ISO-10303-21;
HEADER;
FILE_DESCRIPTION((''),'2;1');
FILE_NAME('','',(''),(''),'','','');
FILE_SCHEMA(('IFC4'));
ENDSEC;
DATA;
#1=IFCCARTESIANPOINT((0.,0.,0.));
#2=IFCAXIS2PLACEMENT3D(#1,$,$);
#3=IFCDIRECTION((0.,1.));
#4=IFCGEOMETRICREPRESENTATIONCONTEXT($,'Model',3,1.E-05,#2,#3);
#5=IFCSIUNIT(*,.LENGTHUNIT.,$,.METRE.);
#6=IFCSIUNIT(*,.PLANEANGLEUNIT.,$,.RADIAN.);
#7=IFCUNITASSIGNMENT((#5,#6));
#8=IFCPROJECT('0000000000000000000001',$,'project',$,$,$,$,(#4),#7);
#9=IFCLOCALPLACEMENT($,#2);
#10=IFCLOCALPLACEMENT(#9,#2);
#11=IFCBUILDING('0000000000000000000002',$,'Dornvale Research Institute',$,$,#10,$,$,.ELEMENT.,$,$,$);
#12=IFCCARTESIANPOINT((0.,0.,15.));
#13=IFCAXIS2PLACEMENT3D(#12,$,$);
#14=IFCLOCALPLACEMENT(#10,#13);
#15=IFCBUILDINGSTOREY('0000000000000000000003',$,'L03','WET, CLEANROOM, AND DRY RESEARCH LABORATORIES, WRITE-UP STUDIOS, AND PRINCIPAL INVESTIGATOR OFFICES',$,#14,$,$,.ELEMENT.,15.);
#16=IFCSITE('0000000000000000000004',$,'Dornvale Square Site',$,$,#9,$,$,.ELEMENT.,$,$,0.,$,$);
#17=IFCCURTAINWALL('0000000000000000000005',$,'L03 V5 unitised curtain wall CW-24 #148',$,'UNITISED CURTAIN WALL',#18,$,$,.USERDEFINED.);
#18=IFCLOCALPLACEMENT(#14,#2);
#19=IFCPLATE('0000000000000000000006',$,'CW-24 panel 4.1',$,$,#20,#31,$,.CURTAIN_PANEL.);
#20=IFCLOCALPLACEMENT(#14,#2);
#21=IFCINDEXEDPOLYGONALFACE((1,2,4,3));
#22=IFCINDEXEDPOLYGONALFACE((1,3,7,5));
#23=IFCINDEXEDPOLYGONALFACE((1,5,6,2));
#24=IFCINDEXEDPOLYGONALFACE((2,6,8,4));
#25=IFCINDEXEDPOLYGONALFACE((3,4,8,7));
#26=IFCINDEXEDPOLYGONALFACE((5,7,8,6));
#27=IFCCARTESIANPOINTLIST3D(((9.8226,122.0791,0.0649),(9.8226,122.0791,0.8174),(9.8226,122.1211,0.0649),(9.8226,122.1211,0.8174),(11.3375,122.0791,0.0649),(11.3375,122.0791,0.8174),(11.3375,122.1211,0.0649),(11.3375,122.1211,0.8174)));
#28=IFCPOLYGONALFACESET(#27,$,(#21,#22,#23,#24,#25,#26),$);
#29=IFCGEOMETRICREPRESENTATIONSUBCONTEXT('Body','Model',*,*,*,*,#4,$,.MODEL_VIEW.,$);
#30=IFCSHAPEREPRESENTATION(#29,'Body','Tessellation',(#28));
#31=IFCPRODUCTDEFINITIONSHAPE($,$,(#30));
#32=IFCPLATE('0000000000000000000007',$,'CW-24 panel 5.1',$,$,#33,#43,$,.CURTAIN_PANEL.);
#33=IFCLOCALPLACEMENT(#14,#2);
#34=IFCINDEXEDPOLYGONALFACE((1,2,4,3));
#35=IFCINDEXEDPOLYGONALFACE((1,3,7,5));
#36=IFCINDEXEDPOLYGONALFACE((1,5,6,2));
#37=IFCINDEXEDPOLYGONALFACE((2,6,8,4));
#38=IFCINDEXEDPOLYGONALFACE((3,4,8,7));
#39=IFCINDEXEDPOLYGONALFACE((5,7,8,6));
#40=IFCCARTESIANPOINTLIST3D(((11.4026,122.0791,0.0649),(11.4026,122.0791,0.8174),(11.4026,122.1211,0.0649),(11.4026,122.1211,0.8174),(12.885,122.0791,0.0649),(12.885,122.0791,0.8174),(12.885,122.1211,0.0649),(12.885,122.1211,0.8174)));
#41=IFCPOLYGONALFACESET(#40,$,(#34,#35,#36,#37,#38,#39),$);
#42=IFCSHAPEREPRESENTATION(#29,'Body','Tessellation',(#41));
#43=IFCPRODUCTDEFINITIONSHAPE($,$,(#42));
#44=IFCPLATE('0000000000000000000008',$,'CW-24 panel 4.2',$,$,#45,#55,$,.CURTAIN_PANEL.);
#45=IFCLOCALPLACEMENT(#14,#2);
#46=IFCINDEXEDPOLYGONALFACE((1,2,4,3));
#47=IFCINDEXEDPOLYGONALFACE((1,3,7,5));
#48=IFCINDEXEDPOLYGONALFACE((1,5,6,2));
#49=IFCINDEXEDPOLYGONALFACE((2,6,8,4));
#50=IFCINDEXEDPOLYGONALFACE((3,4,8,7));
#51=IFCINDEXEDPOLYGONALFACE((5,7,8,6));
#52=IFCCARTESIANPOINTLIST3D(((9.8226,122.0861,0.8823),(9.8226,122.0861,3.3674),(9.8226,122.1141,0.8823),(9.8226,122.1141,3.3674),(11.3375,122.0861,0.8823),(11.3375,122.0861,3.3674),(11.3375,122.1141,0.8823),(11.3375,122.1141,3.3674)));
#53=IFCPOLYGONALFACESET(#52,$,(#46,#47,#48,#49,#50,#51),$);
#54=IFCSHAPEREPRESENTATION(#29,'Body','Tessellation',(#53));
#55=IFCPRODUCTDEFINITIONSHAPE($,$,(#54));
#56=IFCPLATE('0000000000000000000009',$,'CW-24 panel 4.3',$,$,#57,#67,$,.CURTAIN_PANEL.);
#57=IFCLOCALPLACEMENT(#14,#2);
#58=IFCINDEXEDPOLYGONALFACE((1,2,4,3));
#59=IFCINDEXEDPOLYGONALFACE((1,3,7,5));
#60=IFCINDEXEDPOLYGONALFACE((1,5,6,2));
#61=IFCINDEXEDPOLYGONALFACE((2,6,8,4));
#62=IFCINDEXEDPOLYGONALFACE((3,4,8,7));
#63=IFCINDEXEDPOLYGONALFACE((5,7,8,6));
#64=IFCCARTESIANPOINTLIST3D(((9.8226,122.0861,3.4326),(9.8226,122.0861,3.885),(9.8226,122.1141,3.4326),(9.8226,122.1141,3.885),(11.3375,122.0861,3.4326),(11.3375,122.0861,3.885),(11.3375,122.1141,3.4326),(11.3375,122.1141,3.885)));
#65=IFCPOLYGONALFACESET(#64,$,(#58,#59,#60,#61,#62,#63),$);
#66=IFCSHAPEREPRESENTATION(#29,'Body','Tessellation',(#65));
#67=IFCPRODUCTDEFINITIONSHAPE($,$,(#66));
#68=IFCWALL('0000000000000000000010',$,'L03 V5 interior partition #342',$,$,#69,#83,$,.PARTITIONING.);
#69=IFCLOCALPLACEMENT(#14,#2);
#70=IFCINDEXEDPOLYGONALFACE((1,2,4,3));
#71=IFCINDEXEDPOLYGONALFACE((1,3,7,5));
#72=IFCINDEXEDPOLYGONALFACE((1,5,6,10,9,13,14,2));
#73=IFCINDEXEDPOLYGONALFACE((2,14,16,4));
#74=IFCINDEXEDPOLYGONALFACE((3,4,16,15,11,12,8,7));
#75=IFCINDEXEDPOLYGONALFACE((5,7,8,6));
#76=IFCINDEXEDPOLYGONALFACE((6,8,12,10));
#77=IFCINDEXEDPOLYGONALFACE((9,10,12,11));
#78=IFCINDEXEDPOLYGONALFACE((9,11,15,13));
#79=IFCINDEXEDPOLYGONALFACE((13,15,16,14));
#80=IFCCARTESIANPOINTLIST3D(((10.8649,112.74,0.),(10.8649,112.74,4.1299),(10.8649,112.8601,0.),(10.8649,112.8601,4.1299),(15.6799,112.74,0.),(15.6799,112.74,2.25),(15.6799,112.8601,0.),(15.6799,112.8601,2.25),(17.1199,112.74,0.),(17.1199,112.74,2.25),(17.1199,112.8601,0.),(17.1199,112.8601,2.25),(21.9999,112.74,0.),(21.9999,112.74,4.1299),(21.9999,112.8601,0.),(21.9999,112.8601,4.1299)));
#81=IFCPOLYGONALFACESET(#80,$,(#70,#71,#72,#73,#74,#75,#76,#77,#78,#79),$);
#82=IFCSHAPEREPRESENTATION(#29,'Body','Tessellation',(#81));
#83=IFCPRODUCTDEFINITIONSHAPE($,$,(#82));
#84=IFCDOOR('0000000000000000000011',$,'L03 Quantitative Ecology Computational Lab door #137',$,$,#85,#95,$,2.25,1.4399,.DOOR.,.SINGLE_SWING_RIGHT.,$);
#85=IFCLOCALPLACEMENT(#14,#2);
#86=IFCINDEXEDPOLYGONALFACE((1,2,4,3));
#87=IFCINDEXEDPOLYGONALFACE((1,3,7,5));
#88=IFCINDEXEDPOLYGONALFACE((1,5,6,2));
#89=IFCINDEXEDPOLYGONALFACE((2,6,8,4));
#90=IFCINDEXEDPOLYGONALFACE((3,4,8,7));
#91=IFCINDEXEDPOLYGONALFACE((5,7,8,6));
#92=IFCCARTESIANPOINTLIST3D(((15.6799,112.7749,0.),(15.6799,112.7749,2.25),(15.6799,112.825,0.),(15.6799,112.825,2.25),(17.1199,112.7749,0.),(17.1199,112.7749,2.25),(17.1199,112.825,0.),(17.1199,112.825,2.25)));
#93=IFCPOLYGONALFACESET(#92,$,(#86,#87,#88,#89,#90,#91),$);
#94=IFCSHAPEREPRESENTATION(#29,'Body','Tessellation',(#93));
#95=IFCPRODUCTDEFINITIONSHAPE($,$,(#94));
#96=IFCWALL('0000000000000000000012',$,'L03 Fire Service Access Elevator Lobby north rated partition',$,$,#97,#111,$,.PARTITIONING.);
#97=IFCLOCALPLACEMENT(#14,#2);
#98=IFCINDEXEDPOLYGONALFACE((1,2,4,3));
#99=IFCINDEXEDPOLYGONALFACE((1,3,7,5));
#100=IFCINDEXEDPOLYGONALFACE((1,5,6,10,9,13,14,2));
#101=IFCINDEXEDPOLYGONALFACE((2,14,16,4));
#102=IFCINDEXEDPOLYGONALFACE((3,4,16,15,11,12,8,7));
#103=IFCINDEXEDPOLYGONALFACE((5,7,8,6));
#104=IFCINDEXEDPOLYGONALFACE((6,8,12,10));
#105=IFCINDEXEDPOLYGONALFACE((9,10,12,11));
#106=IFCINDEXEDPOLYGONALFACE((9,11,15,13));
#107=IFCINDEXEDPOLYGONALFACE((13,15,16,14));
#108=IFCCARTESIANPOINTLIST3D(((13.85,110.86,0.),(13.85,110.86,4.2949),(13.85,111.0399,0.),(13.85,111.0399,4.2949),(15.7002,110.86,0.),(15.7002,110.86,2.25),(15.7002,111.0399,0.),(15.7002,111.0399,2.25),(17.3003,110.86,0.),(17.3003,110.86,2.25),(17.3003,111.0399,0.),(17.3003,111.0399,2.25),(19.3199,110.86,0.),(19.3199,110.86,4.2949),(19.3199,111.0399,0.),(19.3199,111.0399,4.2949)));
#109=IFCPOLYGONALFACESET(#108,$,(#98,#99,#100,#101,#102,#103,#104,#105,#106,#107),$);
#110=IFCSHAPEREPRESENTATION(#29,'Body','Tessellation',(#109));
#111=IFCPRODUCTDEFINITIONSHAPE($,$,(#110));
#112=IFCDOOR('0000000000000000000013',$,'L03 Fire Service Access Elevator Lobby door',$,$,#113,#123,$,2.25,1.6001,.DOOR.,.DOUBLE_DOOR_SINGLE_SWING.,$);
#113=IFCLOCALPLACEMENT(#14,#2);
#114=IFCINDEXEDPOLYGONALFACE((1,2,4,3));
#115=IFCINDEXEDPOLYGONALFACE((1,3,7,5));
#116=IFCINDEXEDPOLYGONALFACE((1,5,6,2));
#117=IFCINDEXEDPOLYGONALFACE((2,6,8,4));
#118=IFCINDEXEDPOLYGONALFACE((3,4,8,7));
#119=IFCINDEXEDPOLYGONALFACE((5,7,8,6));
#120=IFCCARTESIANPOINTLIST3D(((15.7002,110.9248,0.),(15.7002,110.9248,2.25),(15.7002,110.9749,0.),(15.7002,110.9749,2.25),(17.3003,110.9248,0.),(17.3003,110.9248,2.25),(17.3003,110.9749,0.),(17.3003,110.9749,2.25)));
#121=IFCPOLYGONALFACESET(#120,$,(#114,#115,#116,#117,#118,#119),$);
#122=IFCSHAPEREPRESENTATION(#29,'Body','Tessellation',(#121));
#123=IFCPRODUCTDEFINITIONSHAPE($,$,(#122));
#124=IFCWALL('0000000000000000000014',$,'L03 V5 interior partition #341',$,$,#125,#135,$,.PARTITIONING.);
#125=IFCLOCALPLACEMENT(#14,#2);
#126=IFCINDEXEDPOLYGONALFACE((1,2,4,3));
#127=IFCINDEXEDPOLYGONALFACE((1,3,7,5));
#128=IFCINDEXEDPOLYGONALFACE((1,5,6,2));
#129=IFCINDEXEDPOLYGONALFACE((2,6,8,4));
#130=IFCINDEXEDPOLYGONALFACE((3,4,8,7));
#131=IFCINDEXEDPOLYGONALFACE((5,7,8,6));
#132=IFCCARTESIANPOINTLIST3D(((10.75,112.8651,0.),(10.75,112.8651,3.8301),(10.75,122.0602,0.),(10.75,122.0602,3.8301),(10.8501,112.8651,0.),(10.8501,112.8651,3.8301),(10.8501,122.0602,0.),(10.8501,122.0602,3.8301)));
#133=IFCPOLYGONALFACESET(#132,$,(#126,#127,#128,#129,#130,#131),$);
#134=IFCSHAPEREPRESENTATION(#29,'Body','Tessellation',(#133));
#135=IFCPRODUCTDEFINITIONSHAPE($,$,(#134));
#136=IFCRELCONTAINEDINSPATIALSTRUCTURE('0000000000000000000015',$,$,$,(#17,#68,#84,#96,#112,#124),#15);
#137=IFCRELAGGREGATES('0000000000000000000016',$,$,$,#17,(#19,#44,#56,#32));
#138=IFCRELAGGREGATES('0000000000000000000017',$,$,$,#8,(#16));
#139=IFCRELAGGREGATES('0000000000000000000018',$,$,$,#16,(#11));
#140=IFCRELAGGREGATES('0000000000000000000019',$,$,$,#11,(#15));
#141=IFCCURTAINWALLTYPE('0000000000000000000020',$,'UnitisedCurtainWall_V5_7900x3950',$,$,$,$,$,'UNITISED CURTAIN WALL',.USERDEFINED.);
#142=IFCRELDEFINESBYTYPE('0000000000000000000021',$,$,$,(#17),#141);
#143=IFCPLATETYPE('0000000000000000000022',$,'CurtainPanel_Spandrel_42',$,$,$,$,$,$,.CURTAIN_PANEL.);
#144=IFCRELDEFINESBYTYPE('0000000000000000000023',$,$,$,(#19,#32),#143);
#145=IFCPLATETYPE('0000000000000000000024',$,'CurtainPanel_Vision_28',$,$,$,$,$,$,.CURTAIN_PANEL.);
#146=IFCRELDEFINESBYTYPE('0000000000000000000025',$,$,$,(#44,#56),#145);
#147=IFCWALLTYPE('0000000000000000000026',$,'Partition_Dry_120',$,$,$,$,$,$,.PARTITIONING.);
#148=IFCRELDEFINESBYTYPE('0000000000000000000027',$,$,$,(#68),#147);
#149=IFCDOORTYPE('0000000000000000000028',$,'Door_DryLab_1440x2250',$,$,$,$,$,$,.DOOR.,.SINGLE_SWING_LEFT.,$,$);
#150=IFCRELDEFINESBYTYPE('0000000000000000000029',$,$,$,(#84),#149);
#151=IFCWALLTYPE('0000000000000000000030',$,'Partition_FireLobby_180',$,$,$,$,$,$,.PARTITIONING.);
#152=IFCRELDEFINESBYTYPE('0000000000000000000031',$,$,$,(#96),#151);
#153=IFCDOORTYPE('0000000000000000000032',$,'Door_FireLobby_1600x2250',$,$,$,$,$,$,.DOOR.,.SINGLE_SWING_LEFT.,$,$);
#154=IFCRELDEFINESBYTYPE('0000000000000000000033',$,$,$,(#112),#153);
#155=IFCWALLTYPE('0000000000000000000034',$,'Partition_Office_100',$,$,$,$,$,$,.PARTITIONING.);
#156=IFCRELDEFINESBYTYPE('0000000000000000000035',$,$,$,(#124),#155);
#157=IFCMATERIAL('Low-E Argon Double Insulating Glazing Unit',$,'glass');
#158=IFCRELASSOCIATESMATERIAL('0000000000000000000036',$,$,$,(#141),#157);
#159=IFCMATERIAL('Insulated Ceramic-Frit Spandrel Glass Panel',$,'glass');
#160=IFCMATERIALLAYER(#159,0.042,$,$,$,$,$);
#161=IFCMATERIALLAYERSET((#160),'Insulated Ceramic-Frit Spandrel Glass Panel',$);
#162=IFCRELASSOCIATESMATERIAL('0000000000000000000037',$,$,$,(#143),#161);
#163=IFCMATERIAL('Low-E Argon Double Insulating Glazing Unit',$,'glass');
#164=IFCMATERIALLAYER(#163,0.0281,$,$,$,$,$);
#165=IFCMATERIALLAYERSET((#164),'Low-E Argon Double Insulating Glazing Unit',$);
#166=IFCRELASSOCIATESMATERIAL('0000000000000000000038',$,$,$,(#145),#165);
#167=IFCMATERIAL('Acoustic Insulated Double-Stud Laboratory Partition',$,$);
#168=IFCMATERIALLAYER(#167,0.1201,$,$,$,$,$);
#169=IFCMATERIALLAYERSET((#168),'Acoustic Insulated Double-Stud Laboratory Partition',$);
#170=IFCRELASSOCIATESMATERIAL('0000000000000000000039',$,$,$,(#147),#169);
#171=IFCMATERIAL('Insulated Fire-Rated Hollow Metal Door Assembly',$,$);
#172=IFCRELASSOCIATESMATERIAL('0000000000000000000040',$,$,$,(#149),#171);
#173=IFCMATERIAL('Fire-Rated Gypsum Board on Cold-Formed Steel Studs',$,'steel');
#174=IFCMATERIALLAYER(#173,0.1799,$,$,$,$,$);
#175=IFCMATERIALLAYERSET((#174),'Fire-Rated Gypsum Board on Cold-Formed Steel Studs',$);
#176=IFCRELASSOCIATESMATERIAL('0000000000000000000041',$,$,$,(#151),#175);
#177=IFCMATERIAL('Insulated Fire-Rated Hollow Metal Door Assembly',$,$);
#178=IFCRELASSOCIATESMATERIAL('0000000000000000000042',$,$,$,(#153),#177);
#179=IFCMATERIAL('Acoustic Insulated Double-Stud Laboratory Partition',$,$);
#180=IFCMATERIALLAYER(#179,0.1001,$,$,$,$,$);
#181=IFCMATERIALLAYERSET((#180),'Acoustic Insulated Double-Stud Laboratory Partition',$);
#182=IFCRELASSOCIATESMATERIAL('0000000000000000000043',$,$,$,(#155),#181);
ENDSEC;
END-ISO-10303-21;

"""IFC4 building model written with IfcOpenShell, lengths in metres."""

from ifc_helpers import new_model, si_unit, direction, frame, frame_2d, origin, origin_2d, place, context, subcontext, project, spatial, rectangle, extrude, material, layer, layer_set, type_object, element, fill, aggregate, save


model = new_model("IFC4")

# Units and contexts
model_context = context("Model", 3, precision=1e-05, world=origin(), true_north=direction((0.0, 1.0)))
body_context = subcontext(model_context, "Body", "Model", "MODEL_VIEW")
ifc_project = project(units=[si_unit("LENGTHUNIT", "METRE"), si_unit("PLANEANGLEUNIT", "RADIAN")], contexts=[model_context])

# Site, building, storey
site_placement = place(None, origin())
site = spatial("IfcSite", under=ifc_project, at=site_placement, Name="Dornvale Square Site", CompositionType="ELEMENT", RefElevation=0.0)
building_placement = place(site_placement, origin())
building = spatial("IfcBuilding", under=site, at=building_placement, Name="Dornvale Research Institute", CompositionType="ELEMENT")
storey_placement = place(building_placement, frame((0.0, 0.0, 15.0)))
storey = spatial("IfcBuildingStorey", under=building, at=storey_placement, Name="L03", Description="WET, CLEANROOM, AND DRY RESEARCH LABORATORIES, WRITE-UP STUDIOS, AND PRINCIPAL INVESTIGATOR OFFICES", CompositionType="ELEMENT", Elevation=15.0)

# Curtain wall, plates
ifc_material_1 = material(Name="Low-E Argon Double Insulating Glazing Unit", Category="glass")
curtain_wall_type = type_object("IfcCurtainWallType", Name="UnitisedCurtainWall_V5_7900x3950", ElementType="UNITISED CURTAIN WALL", PredefinedType="USERDEFINED", material=ifc_material_1)
curtain_wall_placement = place(storey_placement, origin())
curtain_wall = element("IfcCurtainWall", 1, at=curtain_wall_placement, inside=storey, type_object=curtain_wall_type, Name="L03 V5 unitised curtain wall CW-24 #148", ObjectType="UNITISED CURTAIN WALL", PredefinedType="USERDEFINED")
ifc_material_2 = material(Name="Insulated Ceramic-Frit Spandrel Glass Panel", Category="glass")
ifc_layer_1 = layer(ifc_material_2, 0.042)
ifc_layer_set_1 = layer_set([ifc_layer_1], Name="Insulated Ceramic-Frit Spandrel Glass Panel")
plate_type_1 = type_object("IfcPlateType", Name="CurtainPanel_Spandrel_42", PredefinedType="CURTAIN_PANEL", material=ifc_layer_set_1)
plate_1_placement = place(storey_placement, frame((10.5801, 122.1001, 0.0649), z_axis=(0.0, 0.0, 1.0), x_axis=(1.0, 0.0, 0.0)))
plate_1 = element("IfcPlate", 2, at=plate_1_placement, type_object=plate_type_1, Name="CW-24 panel 4.1", PredefinedType="CURTAIN_PANEL", context=body_context, shape_type="SweptSolid", body=[
    extrude(rectangle(XDim=1.5149, YDim=0.042, at=origin_2d()), origin(), (0.0, 0.0, 1.0), 0.7524),
])
plate_2_placement = place(storey_placement, frame((12.1438, 122.1001, 0.0649), z_axis=(0.0, 0.0, 1.0), x_axis=(1.0, 0.0, 0.0)))
plate_2 = element("IfcPlate", 3, at=plate_2_placement, type_object=plate_type_1, Name="CW-24 panel 5.1", PredefinedType="CURTAIN_PANEL", context=body_context, shape_type="SweptSolid", body=[
    extrude(rectangle(XDim=1.4824, YDim=0.042, at=origin_2d()), origin(), (0.0, 0.0, 1.0), 0.7524),
])
ifc_material_3 = material(Name="Low-E Argon Double Insulating Glazing Unit", Category="glass")
ifc_layer_2 = layer(ifc_material_3, 0.0281)
ifc_layer_set_2 = layer_set([ifc_layer_2], Name="Low-E Argon Double Insulating Glazing Unit")
plate_type_2 = type_object("IfcPlateType", Name="CurtainPanel_Vision_28", PredefinedType="CURTAIN_PANEL", material=ifc_layer_set_2)
plate_3_placement = place(storey_placement, frame((10.5801, 122.1001, 0.8823), z_axis=(0.0, 0.0, 1.0), x_axis=(1.0, 0.0, 0.0)))
plate_3 = element("IfcPlate", 4, at=plate_3_placement, type_object=plate_type_2, Name="CW-24 panel 4.2", PredefinedType="CURTAIN_PANEL", context=body_context, shape_type="SweptSolid", body=[
    extrude(rectangle(XDim=1.5149, YDim=0.0281, at=origin_2d()), origin(), (0.0, 0.0, 1.0), 2.4851),
])
plate_4_placement = place(storey_placement, frame((10.5801, 122.1001, 3.4326), z_axis=(0.0, 0.0, 1.0), x_axis=(1.0, 0.0, 0.0)))
plate_4 = element("IfcPlate", 5, at=plate_4_placement, type_object=plate_type_2, Name="CW-24 panel 4.3", PredefinedType="CURTAIN_PANEL", context=body_context, shape_type="SweptSolid", body=[
    extrude(rectangle(XDim=1.5149, YDim=0.0281, at=origin_2d()), origin(), (0.0, 0.0, 1.0), 0.4524),
])
aggregate(curtain_wall, [plate_1, plate_3, plate_4, plate_2])

# Walls, openings, doors
ifc_material_4 = material(Name="Acoustic Insulated Double-Stud Laboratory Partition")
ifc_layer_3 = layer(ifc_material_4, 0.1201)
ifc_layer_set_3 = layer_set([ifc_layer_3], Name="Acoustic Insulated Double-Stud Laboratory Partition")
wall_type_1 = type_object("IfcWallType", Name="Partition_Dry_120", PredefinedType="PARTITIONING", material=ifc_layer_set_3)
wall_1_placement = place(storey_placement, frame((10.865, 112.8, 0.0), z_axis=(0.0, 0.0, 1.0), x_axis=(1.0, 0.0, 0.0)))
wall_1 = element("IfcWall", 6, at=wall_1_placement, inside=storey, type_object=wall_type_1, Name="L03 V5 interior partition #342", PredefinedType="PARTITIONING", context=body_context, shape_type="SweptSolid", body=[
    extrude(rectangle(XDim=11.135, YDim=0.1201, at=frame_2d((5.5674, 0.0))), origin(), (0.0, 0.0, 1.0), 4.1299),
])
opening_1_placement = place(wall_1_placement, frame((4.8149, 0.0, 0.0)))
opening_1 = element("IfcOpeningElement", 7, at=opening_1_placement, cuts=wall_1, PredefinedType="OPENING", context=body_context, shape_type="SweptSolid", body=[
    extrude(rectangle(XDim=1.4399, YDim=2.25, at=frame_2d((0.72, 1.125))), frame((0.0, 0.075, 0.0), z_axis=(0.0, -1.0, 0.0), x_axis=(1.0, 0.0, 0.0)), (0.0, 0.0, 1.0), 0.1501),
])
ifc_material_5 = material(Name="Insulated Fire-Rated Hollow Metal Door Assembly")
door_type_1 = type_object("IfcDoorType", Name="Door_DryLab_1440x2250", OperationType="SINGLE_SWING_LEFT", PredefinedType="DOOR", material=ifc_material_5)
door_1_placement = place(opening_1_placement, origin())
door_1 = element("IfcDoor", 8, at=door_1_placement, inside=storey, type_object=door_type_1, Name="L03 Quantitative Ecology Computational Lab door #137", OperationType="SINGLE_SWING_RIGHT", OverallHeight=2.25, OverallWidth=1.4399, PredefinedType="DOOR", context=body_context, shape_type="SweptSolid", body=[
    extrude(rectangle(XDim=1.4399, YDim=2.25, at=frame_2d((0.72, 1.125))), frame((0.0, 0.0249, 0.0), z_axis=(0.0, -1.0, 0.0), x_axis=(1.0, 0.0, 0.0)), (0.0, 0.0, 1.0), 0.05),
])
fill(opening_1, door_1)
ifc_material_6 = material(Name="Fire-Rated Gypsum Board on Cold-Formed Steel Studs", Category="steel")
ifc_layer_4 = layer(ifc_material_6, 0.1799)
ifc_layer_set_4 = layer_set([ifc_layer_4], Name="Fire-Rated Gypsum Board on Cold-Formed Steel Studs")
wall_type_2 = type_object("IfcWallType", Name="Partition_FireLobby_180", PredefinedType="PARTITIONING", material=ifc_layer_set_4)
wall_2_placement = place(storey_placement, frame((13.8501, 110.95, 0.0), z_axis=(0.0, 0.0, 1.0), x_axis=(1.0, 0.0, 0.0)))
wall_2 = element("IfcWall", 9, at=wall_2_placement, inside=storey, type_object=wall_type_2, Name="L03 Fire Service Access Elevator Lobby north rated partition", PredefinedType="PARTITIONING", context=body_context, shape_type="SweptSolid", body=[
    extrude(rectangle(XDim=5.47, YDim=0.1799, at=frame_2d((2.7349, 0.0))), origin(), (0.0, 0.0, 1.0), 4.2949),
])
opening_2_placement = place(wall_2_placement, frame((1.8501, 0.0, 0.0)))
opening_2 = element("IfcOpeningElement", 10, at=opening_2_placement, cuts=wall_2, PredefinedType="OPENING", context=body_context, shape_type="SweptSolid", body=[
    extrude(rectangle(XDim=1.6001, YDim=2.25, at=frame_2d((0.8, 1.125))), frame((0.0, 0.105, 0.0), z_axis=(0.0, -1.0, 0.0), x_axis=(1.0, 0.0, 0.0)), (0.0, 0.0, 1.0), 0.21),
])
ifc_material_7 = material(Name="Insulated Fire-Rated Hollow Metal Door Assembly")
door_type_2 = type_object("IfcDoorType", Name="Door_FireLobby_1600x2250", OperationType="SINGLE_SWING_LEFT", PredefinedType="DOOR", material=ifc_material_7)
door_2_placement = place(opening_2_placement, origin())
door_2 = element("IfcDoor", 11, at=door_2_placement, inside=storey, type_object=door_type_2, Name="L03 Fire Service Access Elevator Lobby door", OperationType="DOUBLE_DOOR_SINGLE_SWING", OverallHeight=2.25, OverallWidth=1.6001, PredefinedType="DOOR", context=body_context, shape_type="SweptSolid", body=[
    extrude(rectangle(XDim=1.6001, YDim=2.25, at=frame_2d((0.8, 1.125))), frame((0.0, 0.0249, 0.0), z_axis=(0.0, -1.0, 0.0), x_axis=(1.0, 0.0, 0.0)), (0.0, 0.0, 1.0), 0.05),
])
fill(opening_2, door_2)

# Wall
ifc_material_8 = material(Name="Acoustic Insulated Double-Stud Laboratory Partition")
ifc_layer_5 = layer(ifc_material_8, 0.1001)
ifc_layer_set_5 = layer_set([ifc_layer_5], Name="Acoustic Insulated Double-Stud Laboratory Partition")
wall_type_3 = type_object("IfcWallType", Name="Partition_Office_100", PredefinedType="PARTITIONING", material=ifc_layer_set_5)
wall_3_placement = place(storey_placement, frame((10.8, 112.865, 0.0), z_axis=(0.0, 0.0, 1.0), x_axis=(0.0, 1.0, 0.0)))
element("IfcWall", 12, at=wall_3_placement, inside=storey, type_object=wall_type_3, Name="L03 V5 interior partition #341", PredefinedType="PARTITIONING", context=body_context, shape_type="SweptSolid", body=[
    extrude(rectangle(XDim=9.1951, YDim=0.1001, at=frame_2d((4.5977, 0.0))), origin(), (0.0, 0.0, 1.0), 3.8301),
])

save(model, "model.ifc")
